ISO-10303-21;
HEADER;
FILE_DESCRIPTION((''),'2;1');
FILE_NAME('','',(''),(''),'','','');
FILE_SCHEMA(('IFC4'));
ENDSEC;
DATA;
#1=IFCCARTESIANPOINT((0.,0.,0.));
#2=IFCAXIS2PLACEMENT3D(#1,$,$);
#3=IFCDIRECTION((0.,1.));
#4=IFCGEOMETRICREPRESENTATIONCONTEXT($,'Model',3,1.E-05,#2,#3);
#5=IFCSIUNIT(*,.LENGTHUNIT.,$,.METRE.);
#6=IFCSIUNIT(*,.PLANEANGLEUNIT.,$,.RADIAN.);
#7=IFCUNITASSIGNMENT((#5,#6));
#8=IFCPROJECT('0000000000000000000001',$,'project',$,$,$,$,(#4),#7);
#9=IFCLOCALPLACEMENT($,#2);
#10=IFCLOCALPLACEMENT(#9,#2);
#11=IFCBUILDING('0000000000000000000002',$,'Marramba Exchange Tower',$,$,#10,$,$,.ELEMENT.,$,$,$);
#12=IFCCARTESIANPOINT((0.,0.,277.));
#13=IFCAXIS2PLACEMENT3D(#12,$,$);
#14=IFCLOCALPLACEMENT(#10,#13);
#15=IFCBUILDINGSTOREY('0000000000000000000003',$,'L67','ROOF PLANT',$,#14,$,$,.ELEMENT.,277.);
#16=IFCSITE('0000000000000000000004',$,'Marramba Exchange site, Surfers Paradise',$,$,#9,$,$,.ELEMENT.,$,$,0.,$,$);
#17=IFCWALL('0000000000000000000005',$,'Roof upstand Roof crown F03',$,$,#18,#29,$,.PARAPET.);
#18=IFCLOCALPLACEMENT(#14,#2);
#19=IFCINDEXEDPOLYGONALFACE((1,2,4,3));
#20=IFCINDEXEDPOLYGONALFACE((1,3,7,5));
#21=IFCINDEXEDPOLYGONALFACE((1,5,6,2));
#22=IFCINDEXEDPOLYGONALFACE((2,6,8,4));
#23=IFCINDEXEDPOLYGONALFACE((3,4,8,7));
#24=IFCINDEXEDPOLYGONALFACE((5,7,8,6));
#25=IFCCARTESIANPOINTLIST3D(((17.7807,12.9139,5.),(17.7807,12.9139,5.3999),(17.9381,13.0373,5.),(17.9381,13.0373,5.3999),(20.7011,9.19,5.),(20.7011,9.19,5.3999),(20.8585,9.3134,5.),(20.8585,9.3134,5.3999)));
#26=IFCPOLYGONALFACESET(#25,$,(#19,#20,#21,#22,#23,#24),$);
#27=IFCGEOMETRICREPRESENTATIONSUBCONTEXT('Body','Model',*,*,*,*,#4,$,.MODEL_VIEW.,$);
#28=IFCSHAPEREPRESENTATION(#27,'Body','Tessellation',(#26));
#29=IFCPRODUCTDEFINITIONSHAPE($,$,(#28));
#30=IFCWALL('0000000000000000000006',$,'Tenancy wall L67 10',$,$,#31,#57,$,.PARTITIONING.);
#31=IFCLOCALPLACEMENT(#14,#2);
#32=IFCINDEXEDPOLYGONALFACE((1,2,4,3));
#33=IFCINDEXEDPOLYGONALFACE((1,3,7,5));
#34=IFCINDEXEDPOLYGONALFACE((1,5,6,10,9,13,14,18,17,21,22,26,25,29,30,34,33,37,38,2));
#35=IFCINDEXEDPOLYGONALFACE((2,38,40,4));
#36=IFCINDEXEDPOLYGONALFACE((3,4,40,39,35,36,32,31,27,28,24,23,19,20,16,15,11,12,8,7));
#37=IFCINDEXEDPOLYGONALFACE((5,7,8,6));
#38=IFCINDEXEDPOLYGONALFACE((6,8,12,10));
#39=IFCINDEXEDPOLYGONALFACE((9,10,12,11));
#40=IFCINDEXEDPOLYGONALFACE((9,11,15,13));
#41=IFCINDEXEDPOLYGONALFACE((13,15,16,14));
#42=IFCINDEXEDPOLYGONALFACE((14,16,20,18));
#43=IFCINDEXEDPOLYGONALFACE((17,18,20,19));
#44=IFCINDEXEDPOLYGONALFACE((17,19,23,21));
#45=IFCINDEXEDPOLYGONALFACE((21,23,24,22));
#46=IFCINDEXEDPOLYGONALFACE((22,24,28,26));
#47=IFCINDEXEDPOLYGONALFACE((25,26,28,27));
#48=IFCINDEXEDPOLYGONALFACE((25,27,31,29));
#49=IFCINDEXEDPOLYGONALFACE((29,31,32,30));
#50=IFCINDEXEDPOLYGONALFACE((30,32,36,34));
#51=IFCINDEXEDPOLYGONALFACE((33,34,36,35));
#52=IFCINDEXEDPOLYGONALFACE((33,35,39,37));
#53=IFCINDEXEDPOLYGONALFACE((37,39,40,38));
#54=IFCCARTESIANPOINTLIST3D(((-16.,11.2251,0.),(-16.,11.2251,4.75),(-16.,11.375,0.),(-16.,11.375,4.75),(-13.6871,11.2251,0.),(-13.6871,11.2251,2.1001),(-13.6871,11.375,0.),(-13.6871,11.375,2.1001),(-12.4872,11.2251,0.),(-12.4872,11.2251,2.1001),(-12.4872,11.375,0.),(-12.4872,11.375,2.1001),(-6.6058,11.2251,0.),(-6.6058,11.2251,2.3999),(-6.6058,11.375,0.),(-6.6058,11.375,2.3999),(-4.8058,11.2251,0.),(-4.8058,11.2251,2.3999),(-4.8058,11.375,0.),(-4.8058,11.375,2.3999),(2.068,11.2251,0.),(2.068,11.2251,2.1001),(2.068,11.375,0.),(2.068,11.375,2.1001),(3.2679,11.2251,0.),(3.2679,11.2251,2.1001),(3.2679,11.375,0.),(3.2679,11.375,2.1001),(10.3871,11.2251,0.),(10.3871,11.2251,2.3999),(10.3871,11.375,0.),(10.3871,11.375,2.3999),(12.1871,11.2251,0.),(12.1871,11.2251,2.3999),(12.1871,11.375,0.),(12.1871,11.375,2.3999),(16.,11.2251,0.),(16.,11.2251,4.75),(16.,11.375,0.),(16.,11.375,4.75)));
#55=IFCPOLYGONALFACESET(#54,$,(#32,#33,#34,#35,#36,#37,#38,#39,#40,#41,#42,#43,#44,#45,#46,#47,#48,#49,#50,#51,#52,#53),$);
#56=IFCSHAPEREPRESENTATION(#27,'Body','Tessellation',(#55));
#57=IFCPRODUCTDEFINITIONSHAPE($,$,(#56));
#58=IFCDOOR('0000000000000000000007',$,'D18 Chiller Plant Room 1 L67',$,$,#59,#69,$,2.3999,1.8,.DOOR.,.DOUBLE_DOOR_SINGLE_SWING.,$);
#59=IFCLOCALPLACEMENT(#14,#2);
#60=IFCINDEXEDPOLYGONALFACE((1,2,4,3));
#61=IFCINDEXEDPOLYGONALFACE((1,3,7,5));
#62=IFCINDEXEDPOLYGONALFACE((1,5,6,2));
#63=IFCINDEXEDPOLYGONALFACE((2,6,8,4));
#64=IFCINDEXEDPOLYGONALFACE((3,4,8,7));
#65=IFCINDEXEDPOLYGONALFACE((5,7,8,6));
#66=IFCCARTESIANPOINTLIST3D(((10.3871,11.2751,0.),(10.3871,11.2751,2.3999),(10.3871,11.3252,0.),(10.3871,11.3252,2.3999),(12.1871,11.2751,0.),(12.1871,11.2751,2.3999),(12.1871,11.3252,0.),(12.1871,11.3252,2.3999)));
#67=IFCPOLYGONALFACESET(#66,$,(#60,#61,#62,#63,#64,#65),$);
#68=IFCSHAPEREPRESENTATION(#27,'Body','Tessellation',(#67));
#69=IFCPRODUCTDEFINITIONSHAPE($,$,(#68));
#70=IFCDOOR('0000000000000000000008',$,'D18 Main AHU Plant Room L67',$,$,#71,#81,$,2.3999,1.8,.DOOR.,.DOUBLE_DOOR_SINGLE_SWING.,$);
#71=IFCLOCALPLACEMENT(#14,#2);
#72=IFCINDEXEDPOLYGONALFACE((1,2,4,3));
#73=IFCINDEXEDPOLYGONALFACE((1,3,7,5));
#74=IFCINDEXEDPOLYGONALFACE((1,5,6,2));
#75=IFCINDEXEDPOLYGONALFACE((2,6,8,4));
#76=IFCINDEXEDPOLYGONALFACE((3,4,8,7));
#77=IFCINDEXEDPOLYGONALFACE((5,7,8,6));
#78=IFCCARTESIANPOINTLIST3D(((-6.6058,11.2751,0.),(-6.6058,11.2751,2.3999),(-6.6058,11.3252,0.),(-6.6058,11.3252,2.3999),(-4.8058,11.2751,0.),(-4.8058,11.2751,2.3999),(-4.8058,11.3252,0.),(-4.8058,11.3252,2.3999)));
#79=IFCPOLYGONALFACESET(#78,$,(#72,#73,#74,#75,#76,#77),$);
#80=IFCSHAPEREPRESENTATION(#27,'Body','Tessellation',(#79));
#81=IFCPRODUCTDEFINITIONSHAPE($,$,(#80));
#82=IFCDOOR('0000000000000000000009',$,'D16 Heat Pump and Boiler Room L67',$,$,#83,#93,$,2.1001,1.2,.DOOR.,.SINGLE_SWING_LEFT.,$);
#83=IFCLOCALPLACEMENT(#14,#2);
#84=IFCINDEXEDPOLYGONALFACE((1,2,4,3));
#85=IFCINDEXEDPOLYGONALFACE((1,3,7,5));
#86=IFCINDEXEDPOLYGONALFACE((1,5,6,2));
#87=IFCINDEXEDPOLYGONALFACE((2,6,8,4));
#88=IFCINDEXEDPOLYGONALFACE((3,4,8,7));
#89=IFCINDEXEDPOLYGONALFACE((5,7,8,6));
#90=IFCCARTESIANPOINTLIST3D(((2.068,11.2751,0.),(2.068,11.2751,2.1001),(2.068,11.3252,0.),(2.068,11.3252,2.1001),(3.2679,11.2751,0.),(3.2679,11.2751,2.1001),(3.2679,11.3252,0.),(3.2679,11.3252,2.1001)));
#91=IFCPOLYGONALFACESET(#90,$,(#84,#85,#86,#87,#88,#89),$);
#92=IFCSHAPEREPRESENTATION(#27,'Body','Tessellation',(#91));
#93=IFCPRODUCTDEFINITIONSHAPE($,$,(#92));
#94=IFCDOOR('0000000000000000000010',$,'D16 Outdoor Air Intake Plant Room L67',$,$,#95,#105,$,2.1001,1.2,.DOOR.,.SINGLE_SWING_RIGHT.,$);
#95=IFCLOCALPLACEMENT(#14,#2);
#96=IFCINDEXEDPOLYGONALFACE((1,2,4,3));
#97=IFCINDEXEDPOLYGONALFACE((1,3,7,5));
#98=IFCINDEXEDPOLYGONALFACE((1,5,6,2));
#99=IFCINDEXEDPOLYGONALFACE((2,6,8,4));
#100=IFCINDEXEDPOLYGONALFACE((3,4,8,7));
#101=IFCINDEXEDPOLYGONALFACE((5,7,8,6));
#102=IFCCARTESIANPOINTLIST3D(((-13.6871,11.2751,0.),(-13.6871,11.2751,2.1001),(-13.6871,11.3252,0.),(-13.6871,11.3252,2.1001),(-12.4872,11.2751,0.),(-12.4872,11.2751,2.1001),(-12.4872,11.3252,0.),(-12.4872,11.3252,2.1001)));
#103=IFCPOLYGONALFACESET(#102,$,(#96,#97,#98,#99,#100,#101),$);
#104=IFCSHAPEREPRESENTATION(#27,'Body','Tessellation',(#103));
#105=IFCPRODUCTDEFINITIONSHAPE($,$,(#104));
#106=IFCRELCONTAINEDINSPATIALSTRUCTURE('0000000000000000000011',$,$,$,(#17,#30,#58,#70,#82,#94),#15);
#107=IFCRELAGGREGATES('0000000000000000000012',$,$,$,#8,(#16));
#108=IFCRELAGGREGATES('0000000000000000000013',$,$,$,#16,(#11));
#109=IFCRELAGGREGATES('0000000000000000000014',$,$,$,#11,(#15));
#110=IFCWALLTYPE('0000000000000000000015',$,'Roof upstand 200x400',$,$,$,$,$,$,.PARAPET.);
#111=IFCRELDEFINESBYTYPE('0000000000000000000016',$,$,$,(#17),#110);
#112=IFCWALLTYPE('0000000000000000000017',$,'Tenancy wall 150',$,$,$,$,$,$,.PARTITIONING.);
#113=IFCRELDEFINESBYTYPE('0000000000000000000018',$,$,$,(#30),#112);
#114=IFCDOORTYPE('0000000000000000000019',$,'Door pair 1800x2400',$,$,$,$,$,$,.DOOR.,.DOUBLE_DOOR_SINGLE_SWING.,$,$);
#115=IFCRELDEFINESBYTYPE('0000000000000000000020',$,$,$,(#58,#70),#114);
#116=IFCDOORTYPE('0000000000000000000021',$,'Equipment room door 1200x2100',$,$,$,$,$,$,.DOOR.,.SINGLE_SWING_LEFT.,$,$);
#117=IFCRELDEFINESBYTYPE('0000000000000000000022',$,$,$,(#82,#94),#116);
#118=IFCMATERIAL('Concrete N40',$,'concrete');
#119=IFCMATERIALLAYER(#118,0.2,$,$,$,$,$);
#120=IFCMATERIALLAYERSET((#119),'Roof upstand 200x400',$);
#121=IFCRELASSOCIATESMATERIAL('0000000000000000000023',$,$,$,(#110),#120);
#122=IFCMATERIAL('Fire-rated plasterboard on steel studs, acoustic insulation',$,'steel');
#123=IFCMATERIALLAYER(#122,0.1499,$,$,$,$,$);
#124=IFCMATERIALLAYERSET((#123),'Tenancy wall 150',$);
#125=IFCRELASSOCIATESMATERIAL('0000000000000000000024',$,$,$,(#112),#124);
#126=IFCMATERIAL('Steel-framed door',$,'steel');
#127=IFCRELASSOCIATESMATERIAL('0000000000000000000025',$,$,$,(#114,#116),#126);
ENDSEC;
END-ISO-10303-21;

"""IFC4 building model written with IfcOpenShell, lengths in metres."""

from ifc_helpers import new_model, si_unit, direction, frame, frame_2d, origin, place, context, subcontext, project, spatial, rectangle, extrude, material, layer, layer_set, type_object, element, fill, save


model = new_model("IFC4")

# Units and contexts
model_context = context("Model", 3, precision=1e-05, world=origin(), true_north=direction((0.0, 1.0)))
body_context = subcontext(model_context, "Body", "Model", "MODEL_VIEW")
ifc_project = project(units=[si_unit("LENGTHUNIT", "METRE"), si_unit("PLANEANGLEUNIT", "RADIAN")], contexts=[model_context])

# Site, building, storey
site_placement = place(None, origin())
site = spatial("IfcSite", under=ifc_project, at=site_placement, Name="Marramba Exchange site, Surfers Paradise", CompositionType="ELEMENT", RefElevation=0.0)
building_placement = place(site_placement, origin())
building = spatial("IfcBuilding", under=site, at=building_placement, Name="Marramba Exchange Tower", CompositionType="ELEMENT")
storey_placement = place(building_placement, frame((0.0, 0.0, 277.0)))
storey = spatial("IfcBuildingStorey", under=building, at=storey_placement, Name="L67", Description="ROOF PLANT", CompositionType="ELEMENT", Elevation=277.0)

# Shared definitions
ifc_material_1 = material(Name="Steel-framed door", Category="steel")

# Wall
ifc_material_2 = material(Name="Concrete N40", Category="concrete")
ifc_layer_1 = layer(ifc_material_2, 0.2)
ifc_layer_set_1 = layer_set([ifc_layer_1], Name="Roof upstand 200x400")
wall_type_1 = type_object("IfcWallType", Name="Roof upstand 200x400", PredefinedType="PARAPET", material=ifc_layer_set_1)
wall_1_placement = place(storey_placement, frame((20.7798, 9.2517, 5.0), z_axis=(0.0, 0.0, 1.0), x_axis=(-0.617104, 0.786882, 0.0)))
element("IfcWall", 1, at=wall_1_placement, inside=storey, type_object=wall_type_1, Name="Roof upstand Roof crown F03", PredefinedType="PARAPET", context=body_context, shape_type="SweptSolid", body=[
    extrude(rectangle(XDim=4.7324, YDim=0.2, at=frame_2d((2.3662, 0.0))), origin(), (0.0, 0.0, 1.0), 0.3999),
])

# Wall, openings, doors
ifc_material_3 = material(Name="Fire-rated plasterboard on steel studs, acoustic insulation", Category="steel")
ifc_layer_2 = layer(ifc_material_3, 0.1499)
ifc_layer_set_2 = layer_set([ifc_layer_2], Name="Tenancy wall 150")
wall_type_2 = type_object("IfcWallType", Name="Tenancy wall 150", PredefinedType="PARTITIONING", material=ifc_layer_set_2)
wall_2_placement = place(storey_placement, frame((16.0, 11.3, 0.0), z_axis=(0.0, 0.0, 1.0), x_axis=(-1.0, 0.0, 0.0)))
wall_2 = element("IfcWall", 2, at=wall_2_placement, inside=storey, type_object=wall_type_2, Name="Tenancy wall L67 10", PredefinedType="PARTITIONING", context=body_context, shape_type="SweptSolid", body=[
    extrude(rectangle(XDim=32.0, YDim=0.1499, at=frame_2d((16.0, 0.0))), origin(), (0.0, 0.0, 1.0), 4.75),
])
opening_1_placement = place(wall_2_placement, frame((3.813, 0.0, 0.0)))
opening_1 = element("IfcOpeningElement", 3, at=opening_1_placement, cuts=wall_2, PredefinedType="OPENING", context=body_context, shape_type="SweptSolid", body=[
    extrude(rectangle(XDim=1.8, YDim=2.3999, at=frame_2d((0.8999, 1.2))), frame((0.0, 0.085, 0.0), z_axis=(0.0, -1.0, 0.0), x_axis=(1.0, 0.0, 0.0)), (0.0, 0.0, 1.0), 0.1699),
])
opening_2_placement = place(wall_2_placement, frame((12.7319, 0.0, 0.0)))
opening_2 = element("IfcOpeningElement", 4, at=opening_2_placement, cuts=wall_2, PredefinedType="OPENING", context=body_context, shape_type="SweptSolid", body=[
    extrude(rectangle(XDim=1.2, YDim=2.1001, at=frame_2d((0.6001, 1.05))), frame((0.0, 0.085, 0.0), z_axis=(0.0, -1.0, 0.0), x_axis=(1.0, 0.0, 0.0)), (0.0, 0.0, 1.0), 0.1699),
])
opening_3_placement = place(wall_2_placement, frame((20.8059, 0.0, 0.0)))
opening_3 = element("IfcOpeningElement", 5, at=opening_3_placement, cuts=wall_2, PredefinedType="OPENING", context=body_context, shape_type="SweptSolid", body=[
    extrude(rectangle(XDim=1.8, YDim=2.3999, at=frame_2d((0.8999, 1.2))), frame((0.0, 0.085, 0.0), z_axis=(0.0, -1.0, 0.0), x_axis=(1.0, 0.0, 0.0)), (0.0, 0.0, 1.0), 0.1699),
])
opening_4_placement = place(wall_2_placement, frame((28.4871, 0.0, 0.0)))
opening_4 = element("IfcOpeningElement", 6, at=opening_4_placement, cuts=wall_2, PredefinedType="OPENING", context=body_context, shape_type="SweptSolid", body=[
    extrude(rectangle(XDim=1.2, YDim=2.1001, at=frame_2d((0.6001, 1.05))), frame((0.0, 0.085, 0.0), z_axis=(0.0, -1.0, 0.0), x_axis=(1.0, 0.0, 0.0)), (0.0, 0.0, 1.0), 0.1699),
])
door_type_1 = type_object("IfcDoorType", Name="Door pair 1800x2400", OperationType="DOUBLE_DOOR_SINGLE_SWING", PredefinedType="DOOR", material=ifc_material_1)
door_1_placement = place(opening_1_placement, origin())
door_1 = element("IfcDoor", 7, at=door_1_placement, inside=storey, type_object=door_type_1, Name="D18 Chiller Plant Room 1 L67", OperationType="DOUBLE_DOOR_SINGLE_SWING", OverallHeight=2.3999, OverallWidth=1.8, PredefinedType="DOOR", context=body_context, shape_type="SweptSolid", body=[
    extrude(rectangle(XDim=1.8, YDim=2.3999, at=frame_2d((0.8999, 1.2))), frame((0.0, 0.0249, 0.0), z_axis=(0.0, -1.0, 0.0), x_axis=(1.0, 0.0, 0.0)), (0.0, 0.0, 1.0), 0.05),
])
fill(opening_1, door_1)
door_2_placement = place(opening_3_placement, origin())
door_2 = element("IfcDoor", 8, at=door_2_placement, inside=storey, type_object=door_type_1, Name="D18 Main AHU Plant Room L67", OperationType="DOUBLE_DOOR_SINGLE_SWING", OverallHeight=2.3999, OverallWidth=1.8, PredefinedType="DOOR", context=body_context, shape_type="SweptSolid", body=[
    extrude(rectangle(XDim=1.8, YDim=2.3999, at=frame_2d((0.8999, 1.2))), frame((0.0, 0.0249, 0.0), z_axis=(0.0, -1.0, 0.0), x_axis=(1.0, 0.0, 0.0)), (0.0, 0.0, 1.0), 0.05),
])
fill(opening_3, door_2)
door_type_2 = type_object("IfcDoorType", Name="Equipment room door 1200x2100", OperationType="SINGLE_SWING_LEFT", PredefinedType="DOOR", material=ifc_material_1)
door_3_placement = place(opening_2_placement, origin())
door_3 = element("IfcDoor", 9, at=door_3_placement, inside=storey, type_object=door_type_2, Name="D16 Heat Pump and Boiler Room L67", OperationType="SINGLE_SWING_LEFT", OverallHeight=2.1001, OverallWidth=1.2, PredefinedType="DOOR", context=body_context, shape_type="SweptSolid", body=[
    extrude(rectangle(XDim=1.2, YDim=2.1001, at=frame_2d((0.6001, 1.05))), frame((0.0, 0.0249, 0.0), z_axis=(0.0, -1.0, 0.0), x_axis=(1.0, 0.0, 0.0)), (0.0, 0.0, 1.0), 0.05),
])
fill(opening_2, door_3)
door_4_placement = place(opening_4_placement, frame((1.2, 0.0, 0.0), z_axis=(0.0, 0.0, 1.0), x_axis=(-1.0, 0.0, 0.0)))
door_4 = element("IfcDoor", 10, at=door_4_placement, inside=storey, type_object=door_type_2, Name="D16 Outdoor Air Intake Plant Room L67", OperationType="SINGLE_SWING_RIGHT", OverallHeight=2.1001, OverallWidth=1.2, PredefinedType="DOOR", context=body_context, shape_type="SweptSolid", body=[
    extrude(rectangle(XDim=1.2, YDim=2.1001, at=frame_2d((0.5999, 1.05))), frame((0.0, 0.0251, 0.0), z_axis=(0.0, -1.0, 0.0), x_axis=(1.0, 0.0, 0.0)), (0.0, 0.0, 1.0), 0.05),
])
fill(opening_4, door_4)

save(model, "model.ifc")
